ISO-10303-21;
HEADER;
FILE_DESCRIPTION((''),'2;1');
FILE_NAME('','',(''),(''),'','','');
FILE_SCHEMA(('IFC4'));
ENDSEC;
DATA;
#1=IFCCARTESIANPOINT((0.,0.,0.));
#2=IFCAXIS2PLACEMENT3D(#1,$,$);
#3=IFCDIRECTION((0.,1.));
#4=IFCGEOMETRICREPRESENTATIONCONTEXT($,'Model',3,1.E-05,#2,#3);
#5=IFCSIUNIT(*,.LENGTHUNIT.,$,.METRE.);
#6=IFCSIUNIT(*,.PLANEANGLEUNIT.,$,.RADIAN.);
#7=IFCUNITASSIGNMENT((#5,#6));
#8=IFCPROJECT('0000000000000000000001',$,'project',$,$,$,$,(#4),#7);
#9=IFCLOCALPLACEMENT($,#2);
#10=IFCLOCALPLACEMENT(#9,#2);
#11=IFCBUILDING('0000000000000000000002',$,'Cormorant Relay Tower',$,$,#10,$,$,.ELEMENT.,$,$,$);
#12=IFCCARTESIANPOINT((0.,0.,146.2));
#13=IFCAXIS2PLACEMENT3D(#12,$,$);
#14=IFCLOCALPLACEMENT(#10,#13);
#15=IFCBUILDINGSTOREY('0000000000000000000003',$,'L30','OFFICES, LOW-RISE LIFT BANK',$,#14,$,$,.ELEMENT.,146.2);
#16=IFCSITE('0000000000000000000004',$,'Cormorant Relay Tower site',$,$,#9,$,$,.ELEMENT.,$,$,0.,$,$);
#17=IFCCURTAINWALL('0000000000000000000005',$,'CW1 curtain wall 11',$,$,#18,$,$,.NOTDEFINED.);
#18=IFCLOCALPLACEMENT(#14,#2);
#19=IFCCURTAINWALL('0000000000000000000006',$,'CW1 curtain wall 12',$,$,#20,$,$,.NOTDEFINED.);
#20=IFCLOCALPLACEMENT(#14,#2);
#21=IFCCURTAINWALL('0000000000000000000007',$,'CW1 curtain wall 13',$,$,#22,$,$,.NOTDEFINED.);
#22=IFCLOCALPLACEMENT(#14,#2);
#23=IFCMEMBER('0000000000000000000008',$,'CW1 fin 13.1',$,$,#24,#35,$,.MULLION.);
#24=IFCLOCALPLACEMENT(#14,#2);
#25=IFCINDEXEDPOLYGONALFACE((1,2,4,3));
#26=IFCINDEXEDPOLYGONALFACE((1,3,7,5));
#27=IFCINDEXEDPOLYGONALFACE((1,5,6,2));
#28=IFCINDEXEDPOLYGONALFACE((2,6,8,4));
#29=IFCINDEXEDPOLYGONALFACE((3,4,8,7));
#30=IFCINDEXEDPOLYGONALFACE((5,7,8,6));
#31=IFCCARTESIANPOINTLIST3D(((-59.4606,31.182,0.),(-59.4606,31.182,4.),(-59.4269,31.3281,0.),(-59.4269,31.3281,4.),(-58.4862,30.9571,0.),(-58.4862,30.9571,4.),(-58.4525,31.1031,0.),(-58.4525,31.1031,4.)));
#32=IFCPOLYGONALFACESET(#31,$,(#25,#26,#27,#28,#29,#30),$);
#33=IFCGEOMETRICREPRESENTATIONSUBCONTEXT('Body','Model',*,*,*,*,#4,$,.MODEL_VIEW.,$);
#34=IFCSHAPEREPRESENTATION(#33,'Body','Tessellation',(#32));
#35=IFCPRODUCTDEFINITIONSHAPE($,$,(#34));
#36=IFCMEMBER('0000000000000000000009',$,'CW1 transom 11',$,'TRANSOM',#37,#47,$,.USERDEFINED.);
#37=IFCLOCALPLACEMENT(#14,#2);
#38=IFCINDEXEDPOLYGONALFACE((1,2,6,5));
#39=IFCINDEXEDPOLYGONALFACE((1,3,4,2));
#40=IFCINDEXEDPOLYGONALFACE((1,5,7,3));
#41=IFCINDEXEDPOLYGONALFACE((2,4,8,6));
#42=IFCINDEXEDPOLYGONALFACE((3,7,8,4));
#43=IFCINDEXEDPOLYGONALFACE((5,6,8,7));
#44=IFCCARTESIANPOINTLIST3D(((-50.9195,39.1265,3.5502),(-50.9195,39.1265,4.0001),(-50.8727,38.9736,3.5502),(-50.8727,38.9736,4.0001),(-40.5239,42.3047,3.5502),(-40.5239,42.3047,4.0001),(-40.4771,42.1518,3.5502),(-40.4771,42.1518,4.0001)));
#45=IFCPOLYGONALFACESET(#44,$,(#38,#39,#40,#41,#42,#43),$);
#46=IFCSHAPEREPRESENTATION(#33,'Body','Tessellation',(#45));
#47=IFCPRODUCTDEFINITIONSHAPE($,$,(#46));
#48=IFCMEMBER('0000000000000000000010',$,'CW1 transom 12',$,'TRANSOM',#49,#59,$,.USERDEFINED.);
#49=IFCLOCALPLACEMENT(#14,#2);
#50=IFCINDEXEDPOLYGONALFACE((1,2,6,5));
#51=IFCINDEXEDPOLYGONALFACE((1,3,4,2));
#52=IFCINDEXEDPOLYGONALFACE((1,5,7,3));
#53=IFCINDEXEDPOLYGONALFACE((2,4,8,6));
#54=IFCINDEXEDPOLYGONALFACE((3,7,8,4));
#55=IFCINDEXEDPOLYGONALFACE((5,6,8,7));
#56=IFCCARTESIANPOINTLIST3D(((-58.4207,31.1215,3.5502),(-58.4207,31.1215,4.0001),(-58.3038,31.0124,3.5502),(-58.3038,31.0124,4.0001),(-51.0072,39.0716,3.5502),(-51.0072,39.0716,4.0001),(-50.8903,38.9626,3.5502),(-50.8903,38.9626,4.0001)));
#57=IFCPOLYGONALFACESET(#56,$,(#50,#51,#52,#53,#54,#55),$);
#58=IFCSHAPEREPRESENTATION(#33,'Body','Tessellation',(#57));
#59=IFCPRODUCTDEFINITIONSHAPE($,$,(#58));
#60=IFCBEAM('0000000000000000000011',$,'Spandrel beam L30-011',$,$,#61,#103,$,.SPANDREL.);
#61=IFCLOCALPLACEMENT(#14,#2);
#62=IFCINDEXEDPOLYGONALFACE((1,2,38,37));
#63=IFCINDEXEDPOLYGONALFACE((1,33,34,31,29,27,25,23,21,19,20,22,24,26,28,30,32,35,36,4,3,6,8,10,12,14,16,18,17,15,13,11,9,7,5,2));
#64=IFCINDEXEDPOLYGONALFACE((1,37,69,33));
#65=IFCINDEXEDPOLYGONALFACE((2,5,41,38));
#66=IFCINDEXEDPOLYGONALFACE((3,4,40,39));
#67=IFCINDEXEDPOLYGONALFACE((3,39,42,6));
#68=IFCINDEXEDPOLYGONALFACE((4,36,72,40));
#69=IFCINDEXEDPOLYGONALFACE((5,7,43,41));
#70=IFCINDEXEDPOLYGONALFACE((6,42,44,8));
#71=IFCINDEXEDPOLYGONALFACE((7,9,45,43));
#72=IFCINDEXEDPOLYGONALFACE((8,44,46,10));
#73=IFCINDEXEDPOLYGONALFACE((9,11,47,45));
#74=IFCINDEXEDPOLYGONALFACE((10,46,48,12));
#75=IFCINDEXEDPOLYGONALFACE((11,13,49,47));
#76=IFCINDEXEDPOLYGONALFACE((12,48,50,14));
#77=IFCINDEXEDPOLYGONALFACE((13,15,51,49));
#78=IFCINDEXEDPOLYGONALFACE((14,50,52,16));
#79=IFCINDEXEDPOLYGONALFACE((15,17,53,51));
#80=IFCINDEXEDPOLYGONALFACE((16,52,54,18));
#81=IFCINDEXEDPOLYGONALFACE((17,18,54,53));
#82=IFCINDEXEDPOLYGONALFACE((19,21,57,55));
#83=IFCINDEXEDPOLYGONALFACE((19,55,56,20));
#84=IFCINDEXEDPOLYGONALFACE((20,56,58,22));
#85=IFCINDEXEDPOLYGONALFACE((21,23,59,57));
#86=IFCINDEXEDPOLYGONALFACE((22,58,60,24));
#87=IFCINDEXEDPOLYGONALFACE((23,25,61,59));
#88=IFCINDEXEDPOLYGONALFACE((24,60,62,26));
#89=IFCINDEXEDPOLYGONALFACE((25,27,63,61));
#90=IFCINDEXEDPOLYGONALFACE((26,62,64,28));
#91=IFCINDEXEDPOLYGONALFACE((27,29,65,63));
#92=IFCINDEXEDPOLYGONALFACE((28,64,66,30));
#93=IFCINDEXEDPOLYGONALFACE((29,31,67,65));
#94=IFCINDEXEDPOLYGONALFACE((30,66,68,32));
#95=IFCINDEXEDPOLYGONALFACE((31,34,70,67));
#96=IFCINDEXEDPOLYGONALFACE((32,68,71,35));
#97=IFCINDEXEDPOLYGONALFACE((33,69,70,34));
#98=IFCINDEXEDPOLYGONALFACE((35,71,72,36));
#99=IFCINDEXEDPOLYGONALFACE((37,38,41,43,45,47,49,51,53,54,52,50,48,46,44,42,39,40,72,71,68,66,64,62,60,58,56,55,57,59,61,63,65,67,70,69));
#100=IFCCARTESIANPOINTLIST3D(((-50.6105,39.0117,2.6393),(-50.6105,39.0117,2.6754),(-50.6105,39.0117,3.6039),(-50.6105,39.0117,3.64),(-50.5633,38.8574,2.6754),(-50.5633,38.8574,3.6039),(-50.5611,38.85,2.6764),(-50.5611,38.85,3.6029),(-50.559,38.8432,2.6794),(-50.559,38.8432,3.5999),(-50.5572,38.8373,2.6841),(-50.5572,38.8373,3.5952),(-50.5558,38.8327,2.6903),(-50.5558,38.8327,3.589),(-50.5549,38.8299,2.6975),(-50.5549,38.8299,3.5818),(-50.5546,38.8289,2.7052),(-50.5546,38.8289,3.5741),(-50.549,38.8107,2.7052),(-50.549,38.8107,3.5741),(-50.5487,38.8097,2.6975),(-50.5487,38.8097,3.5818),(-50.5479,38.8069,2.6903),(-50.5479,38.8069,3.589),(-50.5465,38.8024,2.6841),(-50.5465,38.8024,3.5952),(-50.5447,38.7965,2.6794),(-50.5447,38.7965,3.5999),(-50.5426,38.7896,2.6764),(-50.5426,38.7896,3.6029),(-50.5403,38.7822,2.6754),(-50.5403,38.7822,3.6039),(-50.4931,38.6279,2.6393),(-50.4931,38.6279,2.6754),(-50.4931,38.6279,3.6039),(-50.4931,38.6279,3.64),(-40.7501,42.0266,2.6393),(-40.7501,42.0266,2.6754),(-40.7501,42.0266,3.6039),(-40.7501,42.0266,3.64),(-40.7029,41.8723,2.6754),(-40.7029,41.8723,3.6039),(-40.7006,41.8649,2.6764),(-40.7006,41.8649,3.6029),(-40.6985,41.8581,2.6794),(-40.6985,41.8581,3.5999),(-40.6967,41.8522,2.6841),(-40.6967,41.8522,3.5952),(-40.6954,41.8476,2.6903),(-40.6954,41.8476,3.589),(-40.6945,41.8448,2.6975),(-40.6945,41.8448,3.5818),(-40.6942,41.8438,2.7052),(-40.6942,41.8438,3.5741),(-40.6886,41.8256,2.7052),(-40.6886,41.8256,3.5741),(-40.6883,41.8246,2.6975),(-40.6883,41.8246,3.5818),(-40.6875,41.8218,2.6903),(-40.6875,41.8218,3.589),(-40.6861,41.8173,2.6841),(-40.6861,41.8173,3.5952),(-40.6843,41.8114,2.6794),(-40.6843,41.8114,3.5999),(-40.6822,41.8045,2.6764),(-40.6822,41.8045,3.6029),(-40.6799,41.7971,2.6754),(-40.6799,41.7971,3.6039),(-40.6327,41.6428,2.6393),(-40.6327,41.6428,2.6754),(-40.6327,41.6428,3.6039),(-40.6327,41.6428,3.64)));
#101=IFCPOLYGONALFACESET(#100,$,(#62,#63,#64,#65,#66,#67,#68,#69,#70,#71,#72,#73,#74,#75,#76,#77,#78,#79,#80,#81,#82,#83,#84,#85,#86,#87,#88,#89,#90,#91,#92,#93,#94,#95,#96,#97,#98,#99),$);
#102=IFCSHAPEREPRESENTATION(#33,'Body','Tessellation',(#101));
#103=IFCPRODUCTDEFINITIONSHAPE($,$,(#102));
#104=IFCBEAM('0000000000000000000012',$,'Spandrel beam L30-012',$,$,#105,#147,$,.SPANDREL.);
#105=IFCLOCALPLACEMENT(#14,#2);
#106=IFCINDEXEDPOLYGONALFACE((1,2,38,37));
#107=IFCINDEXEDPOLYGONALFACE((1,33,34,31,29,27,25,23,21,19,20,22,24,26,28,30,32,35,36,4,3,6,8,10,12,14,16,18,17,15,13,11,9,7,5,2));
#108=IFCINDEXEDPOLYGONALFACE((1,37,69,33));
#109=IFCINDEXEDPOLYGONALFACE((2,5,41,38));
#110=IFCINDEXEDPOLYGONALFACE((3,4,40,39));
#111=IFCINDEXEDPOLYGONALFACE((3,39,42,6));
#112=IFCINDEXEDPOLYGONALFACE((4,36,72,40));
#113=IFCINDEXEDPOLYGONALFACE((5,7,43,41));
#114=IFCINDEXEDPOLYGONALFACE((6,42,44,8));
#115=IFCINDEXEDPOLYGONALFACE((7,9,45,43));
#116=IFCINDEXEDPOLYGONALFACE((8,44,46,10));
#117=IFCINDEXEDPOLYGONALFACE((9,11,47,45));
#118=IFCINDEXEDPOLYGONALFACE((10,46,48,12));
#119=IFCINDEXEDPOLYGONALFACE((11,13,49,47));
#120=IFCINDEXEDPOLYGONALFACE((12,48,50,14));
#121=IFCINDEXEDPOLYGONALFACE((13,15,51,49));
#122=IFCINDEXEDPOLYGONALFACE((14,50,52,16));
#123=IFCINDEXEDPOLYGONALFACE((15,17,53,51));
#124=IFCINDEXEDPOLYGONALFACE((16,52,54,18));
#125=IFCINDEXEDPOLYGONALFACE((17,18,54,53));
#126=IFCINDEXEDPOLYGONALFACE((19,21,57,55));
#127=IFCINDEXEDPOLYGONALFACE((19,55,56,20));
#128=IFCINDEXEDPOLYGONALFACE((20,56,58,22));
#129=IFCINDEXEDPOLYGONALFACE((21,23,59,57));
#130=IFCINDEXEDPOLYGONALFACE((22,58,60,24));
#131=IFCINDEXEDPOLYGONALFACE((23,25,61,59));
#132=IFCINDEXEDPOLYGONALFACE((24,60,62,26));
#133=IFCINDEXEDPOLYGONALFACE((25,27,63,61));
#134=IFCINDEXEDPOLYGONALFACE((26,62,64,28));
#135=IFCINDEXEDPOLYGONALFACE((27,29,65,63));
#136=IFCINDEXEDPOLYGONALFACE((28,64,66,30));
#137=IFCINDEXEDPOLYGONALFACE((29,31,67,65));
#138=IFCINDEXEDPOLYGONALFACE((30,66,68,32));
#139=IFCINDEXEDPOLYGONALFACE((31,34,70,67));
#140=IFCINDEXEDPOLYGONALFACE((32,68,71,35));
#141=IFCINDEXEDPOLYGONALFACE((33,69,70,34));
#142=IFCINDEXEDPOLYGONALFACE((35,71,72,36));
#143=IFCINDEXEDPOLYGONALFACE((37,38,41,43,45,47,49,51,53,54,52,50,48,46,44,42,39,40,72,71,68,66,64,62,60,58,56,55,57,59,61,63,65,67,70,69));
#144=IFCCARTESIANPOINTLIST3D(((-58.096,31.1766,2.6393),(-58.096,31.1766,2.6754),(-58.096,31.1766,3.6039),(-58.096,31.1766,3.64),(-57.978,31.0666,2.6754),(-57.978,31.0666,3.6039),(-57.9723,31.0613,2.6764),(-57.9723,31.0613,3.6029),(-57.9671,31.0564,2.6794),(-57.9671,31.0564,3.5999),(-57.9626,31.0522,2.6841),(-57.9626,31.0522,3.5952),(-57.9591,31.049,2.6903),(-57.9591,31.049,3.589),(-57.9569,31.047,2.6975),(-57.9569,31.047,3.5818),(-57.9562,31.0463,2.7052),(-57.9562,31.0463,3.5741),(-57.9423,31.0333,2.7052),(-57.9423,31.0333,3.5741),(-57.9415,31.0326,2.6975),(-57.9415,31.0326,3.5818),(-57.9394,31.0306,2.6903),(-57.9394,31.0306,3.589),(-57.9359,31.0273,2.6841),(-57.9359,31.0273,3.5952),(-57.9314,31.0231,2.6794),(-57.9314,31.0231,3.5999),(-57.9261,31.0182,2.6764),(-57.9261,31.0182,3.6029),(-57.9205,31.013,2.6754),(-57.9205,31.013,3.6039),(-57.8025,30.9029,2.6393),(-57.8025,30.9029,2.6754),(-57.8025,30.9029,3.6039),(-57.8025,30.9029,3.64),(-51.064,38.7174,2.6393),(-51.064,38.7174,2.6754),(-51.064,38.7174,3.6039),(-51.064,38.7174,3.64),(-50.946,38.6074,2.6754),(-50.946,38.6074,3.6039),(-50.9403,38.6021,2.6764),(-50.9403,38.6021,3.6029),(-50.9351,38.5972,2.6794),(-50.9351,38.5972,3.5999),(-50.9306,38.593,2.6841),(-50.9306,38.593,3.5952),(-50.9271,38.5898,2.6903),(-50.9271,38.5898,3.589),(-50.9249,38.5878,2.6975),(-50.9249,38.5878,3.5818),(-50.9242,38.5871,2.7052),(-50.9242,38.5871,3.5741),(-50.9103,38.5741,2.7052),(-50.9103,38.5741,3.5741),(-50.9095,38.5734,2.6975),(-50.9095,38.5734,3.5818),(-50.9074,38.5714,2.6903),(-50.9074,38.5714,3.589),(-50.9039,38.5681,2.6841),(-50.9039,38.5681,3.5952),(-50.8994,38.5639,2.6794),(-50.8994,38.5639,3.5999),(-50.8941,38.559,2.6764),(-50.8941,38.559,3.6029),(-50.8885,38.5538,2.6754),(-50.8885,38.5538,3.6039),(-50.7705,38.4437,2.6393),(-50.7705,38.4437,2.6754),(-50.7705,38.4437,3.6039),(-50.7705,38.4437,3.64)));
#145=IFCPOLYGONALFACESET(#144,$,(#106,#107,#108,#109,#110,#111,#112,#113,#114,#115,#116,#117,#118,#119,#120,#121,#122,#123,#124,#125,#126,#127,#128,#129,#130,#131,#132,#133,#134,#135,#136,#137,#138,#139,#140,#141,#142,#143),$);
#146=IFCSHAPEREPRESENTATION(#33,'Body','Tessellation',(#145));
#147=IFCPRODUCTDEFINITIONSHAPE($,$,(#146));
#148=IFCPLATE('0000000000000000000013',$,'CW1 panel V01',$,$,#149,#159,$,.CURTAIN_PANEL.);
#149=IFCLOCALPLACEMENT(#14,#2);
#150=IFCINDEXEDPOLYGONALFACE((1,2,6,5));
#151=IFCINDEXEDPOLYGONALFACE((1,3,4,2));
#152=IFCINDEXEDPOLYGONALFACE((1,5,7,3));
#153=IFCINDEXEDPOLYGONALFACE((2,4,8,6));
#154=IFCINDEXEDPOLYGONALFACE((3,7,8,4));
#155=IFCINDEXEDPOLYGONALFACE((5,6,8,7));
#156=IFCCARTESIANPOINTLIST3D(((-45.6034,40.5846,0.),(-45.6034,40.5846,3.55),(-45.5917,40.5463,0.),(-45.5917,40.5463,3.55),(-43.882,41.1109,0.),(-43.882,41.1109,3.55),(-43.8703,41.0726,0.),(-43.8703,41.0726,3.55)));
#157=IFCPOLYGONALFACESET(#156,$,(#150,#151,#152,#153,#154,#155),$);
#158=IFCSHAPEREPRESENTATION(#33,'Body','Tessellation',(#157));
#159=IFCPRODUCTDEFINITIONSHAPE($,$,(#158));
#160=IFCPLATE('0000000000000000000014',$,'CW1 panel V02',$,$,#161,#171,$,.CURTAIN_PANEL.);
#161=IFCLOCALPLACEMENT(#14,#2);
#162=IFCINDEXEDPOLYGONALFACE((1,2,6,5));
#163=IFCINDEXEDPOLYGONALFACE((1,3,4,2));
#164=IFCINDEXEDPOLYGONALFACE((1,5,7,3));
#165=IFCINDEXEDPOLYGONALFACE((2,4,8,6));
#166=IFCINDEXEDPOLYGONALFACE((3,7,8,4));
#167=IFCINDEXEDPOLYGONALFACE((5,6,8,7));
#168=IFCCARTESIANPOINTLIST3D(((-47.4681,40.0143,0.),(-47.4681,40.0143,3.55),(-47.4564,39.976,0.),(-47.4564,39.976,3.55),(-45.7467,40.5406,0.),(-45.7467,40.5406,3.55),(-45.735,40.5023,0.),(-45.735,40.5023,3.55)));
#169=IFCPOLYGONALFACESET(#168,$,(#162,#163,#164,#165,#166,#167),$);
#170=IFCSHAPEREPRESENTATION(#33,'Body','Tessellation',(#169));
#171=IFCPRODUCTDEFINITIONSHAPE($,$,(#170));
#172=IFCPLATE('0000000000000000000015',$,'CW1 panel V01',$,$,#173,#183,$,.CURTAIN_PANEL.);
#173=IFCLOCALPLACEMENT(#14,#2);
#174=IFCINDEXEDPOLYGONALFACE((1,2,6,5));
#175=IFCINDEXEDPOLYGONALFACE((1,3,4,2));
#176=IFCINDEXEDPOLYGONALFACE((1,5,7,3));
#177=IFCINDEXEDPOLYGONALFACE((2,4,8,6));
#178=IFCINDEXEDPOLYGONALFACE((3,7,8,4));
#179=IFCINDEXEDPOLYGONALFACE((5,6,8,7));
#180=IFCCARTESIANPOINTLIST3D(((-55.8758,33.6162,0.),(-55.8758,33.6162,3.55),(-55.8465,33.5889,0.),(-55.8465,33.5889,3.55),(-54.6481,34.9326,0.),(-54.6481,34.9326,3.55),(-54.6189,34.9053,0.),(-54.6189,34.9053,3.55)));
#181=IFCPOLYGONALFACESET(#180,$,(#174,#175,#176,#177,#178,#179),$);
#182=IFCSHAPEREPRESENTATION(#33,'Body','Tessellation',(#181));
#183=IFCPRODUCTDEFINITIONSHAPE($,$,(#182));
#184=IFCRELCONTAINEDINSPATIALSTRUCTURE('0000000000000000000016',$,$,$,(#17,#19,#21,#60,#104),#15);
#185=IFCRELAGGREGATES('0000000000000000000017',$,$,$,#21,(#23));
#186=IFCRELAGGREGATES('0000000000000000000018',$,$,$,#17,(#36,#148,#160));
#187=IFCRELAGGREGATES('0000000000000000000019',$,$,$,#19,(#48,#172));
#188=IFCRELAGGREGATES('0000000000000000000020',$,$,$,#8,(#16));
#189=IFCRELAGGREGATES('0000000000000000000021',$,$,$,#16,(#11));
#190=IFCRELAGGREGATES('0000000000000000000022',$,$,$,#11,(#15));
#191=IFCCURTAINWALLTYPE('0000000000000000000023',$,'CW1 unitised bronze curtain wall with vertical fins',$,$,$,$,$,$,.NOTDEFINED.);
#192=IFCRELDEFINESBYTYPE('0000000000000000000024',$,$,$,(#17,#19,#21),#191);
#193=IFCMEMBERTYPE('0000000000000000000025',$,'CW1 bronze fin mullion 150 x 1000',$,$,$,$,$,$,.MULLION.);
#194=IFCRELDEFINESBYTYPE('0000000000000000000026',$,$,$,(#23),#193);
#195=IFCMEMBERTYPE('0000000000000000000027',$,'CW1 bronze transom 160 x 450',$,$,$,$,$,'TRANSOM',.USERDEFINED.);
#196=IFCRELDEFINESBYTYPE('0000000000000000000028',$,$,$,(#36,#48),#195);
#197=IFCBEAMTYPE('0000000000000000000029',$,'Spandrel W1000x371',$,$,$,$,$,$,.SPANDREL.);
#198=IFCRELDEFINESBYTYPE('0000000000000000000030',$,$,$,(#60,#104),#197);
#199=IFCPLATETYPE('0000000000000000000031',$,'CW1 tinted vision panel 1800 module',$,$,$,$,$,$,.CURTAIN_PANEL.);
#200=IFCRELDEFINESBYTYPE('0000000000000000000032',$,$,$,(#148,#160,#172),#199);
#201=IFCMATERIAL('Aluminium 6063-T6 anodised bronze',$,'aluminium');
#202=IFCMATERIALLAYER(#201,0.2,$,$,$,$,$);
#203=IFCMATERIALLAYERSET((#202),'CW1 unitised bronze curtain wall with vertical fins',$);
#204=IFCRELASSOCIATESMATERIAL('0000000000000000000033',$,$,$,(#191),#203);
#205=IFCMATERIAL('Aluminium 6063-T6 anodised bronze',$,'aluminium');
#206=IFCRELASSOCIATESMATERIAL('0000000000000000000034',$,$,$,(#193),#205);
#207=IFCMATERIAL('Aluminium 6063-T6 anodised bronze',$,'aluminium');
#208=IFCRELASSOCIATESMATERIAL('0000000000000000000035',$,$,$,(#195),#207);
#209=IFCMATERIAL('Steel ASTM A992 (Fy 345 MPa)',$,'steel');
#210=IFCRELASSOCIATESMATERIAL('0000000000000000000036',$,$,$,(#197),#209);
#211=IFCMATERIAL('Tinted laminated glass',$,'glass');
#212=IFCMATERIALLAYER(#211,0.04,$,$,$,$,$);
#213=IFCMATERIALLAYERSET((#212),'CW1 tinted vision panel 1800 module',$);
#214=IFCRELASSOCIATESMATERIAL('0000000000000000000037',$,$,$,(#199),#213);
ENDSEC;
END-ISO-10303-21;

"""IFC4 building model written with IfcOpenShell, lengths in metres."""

from ifc_helpers import new_model, si_unit, direction, frame, origin, origin_2d, place, context, subcontext, project, spatial, rectangle, i_section, extrude, material, layer, layer_set, material_profile, profile_set, type_object, element, aggregate, save


model = new_model("IFC4")

# Units and contexts
model_context = context("Model", 3, precision=1e-05, world=origin(), true_north=direction((0.0, 1.0)))
body_context = subcontext(model_context, "Body", "Model", "MODEL_VIEW")
ifc_project = project(units=[si_unit("LENGTHUNIT", "METRE"), si_unit("PLANEANGLEUNIT", "RADIAN")], contexts=[model_context])

# Site, building, storey
site_placement = place(None, origin())
site = spatial("IfcSite", under=ifc_project, at=site_placement, Name="Cormorant Relay Tower site", CompositionType="ELEMENT", RefElevation=0.0)
building_placement = place(site_placement, origin())
building = spatial("IfcBuilding", under=site, at=building_placement, Name="Cormorant Relay Tower", CompositionType="ELEMENT")
storey_placement = place(building_placement, frame((0.0, 0.0, 146.2)))
storey = spatial("IfcBuildingStorey", under=building, at=storey_placement, Name="L30", Description="OFFICES, LOW-RISE LIFT BANK", CompositionType="ELEMENT", Elevation=146.2)

# Curtain walls
ifc_material_1 = material(Name="Aluminium 6063-T6 anodised bronze", Category="aluminium")
ifc_layer_1 = layer(ifc_material_1, 0.2)
ifc_layer_set_1 = layer_set([ifc_layer_1], Name="CW1 unitised bronze curtain wall with vertical fins")
curtain_wall_type = type_object("IfcCurtainWallType", Name="CW1 unitised bronze curtain wall with vertical fins", PredefinedType="NOTDEFINED", material=ifc_layer_set_1)
curtain_wall_1_placement = place(storey_placement, origin())
curtain_wall_1 = element("IfcCurtainWall", 1, at=curtain_wall_1_placement, inside=storey, type_object=curtain_wall_type, Name="CW1 curtain wall 11", PredefinedType="NOTDEFINED")
ifc_material_2 = material(Name="Aluminium 6063-T6 anodised bronze", Category="aluminium")
ifc_material_profile_1 = material_profile(ifc_material_2, rectangle(XDim=0.1499, YDim=1.0, at=origin_2d()), Name="AL 150x1000")
ifc_profile_set_1 = profile_set([ifc_material_profile_1], Name="Aluminium 6063-T6 anodised bronze")
member_type_1 = type_object("IfcMemberType", Name="CW1 bronze fin mullion 150 x 1000", PredefinedType="MULLION", material=ifc_profile_set_1)
curtain_wall_2_placement = place(storey_placement, origin())
curtain_wall_2 = element("IfcCurtainWall", 2, at=curtain_wall_2_placement, inside=storey, type_object=curtain_wall_type, Name="CW1 curtain wall 12", PredefinedType="NOTDEFINED")

# Curtain wall, member
curtain_wall_3_placement = place(storey_placement, origin())
curtain_wall_3 = element("IfcCurtainWall", 3, at=curtain_wall_3_placement, inside=storey, type_object=curtain_wall_type, Name="CW1 curtain wall 13", PredefinedType="NOTDEFINED")
member_1_placement = place(storey_placement, frame((-58.9565, 31.1426, 0.0), z_axis=(0.0, 0.0, 1.0), x_axis=(-0.224951, -0.97437, 0.0)))
member_1 = element("IfcMember", 4, at=member_1_placement, type_object=member_type_1, Name="CW1 fin 13.1", PredefinedType="MULLION", context=body_context, shape_type="SweptSolid", body=[
    extrude(rectangle(XDim=0.1499, YDim=1.0, at=origin_2d()), origin(), (0.0, 0.0, 1.0), 4.0),
])
aggregate(curtain_wall_3, [member_1])

# Members
ifc_material_3 = material(Name="Aluminium 6063-T6 anodised bronze", Category="aluminium")
ifc_material_profile_2 = material_profile(ifc_material_3, rectangle(XDim=0.1599, YDim=0.45, at=origin_2d()), Name="AL 160x450")
ifc_profile_set_2 = profile_set([ifc_material_profile_2], Name="Aluminium 6063-T6 anodised bronze")
member_type_2 = type_object("IfcMemberType", Name="CW1 bronze transom 160 x 450", ElementType="TRANSOM", PredefinedType="USERDEFINED", material=ifc_profile_set_2)
member_2_placement = place(storey_placement, frame((-40.5005, 42.2283, 3.7751), z_axis=(-0.956305, -0.292371, 0.0), x_axis=(0.292371, -0.956305, 0.0)))
member_2 = element("IfcMember", 5, at=member_2_placement, type_object=member_type_2, Name="CW1 transom 11", ObjectType="TRANSOM", PredefinedType="USERDEFINED", context=body_context, shape_type="SweptSolid", body=[
    extrude(rectangle(XDim=0.1599, YDim=0.45, at=origin_2d()), origin(), (0.0, 0.0, 1.0), 10.8706),
])
member_3_placement = place(storey_placement, frame((-50.9487, 39.0171, 3.7751), z_axis=(-0.681993, -0.731358, 0.0), x_axis=(0.731358, -0.681993, 0.0)))
member_3 = element("IfcMember", 6, at=member_3_placement, type_object=member_type_2, Name="CW1 transom 12", ObjectType="TRANSOM", PredefinedType="USERDEFINED", context=body_context, shape_type="SweptSolid", body=[
    extrude(rectangle(XDim=0.1599, YDim=0.45, at=origin_2d()), origin(), (0.0, 0.0, 1.0), 10.8704),
])

# Beams
ifc_material_4 = material(Name="Steel ASTM A992 (Fy 345 MPa)", Category="steel")
ifc_material_profile_3 = material_profile(ifc_material_4, i_section(OverallWidth=0.4014, OverallDepth=1.0007, WebThickness=0.019, FlangeThickness=0.0361, FilletRadius=0.0298, at=origin_2d()), Name="W1000x371")
ifc_profile_set_3 = profile_set([ifc_material_profile_3], Name="Steel ASTM A992 (Fy 345 MPa)")
beam_type = type_object("IfcBeamType", Name="Spandrel W1000x371", PredefinedType="SPANDREL", material=ifc_profile_set_3)
beam_1_placement = place(storey_placement, frame((-40.6914, 41.8347, 3.1396), z_axis=(-0.956297, -0.292397, 0.0), x_axis=(0.292397, -0.956297, 0.0)))
element("IfcBeam", 7, at=beam_1_placement, inside=storey, type_object=beam_type, Name="Spandrel beam L30-011", PredefinedType="SPANDREL", context=body_context, shape_type="SweptSolid", body=[
    extrude(i_section(OverallWidth=0.4014, OverallDepth=1.0007, WebThickness=0.019, FlangeThickness=0.0361, FilletRadius=0.0298, at=origin_2d()), origin(), (0.0, 0.0, 1.0), 10.311),
])
beam_2_placement = place(storey_placement, frame((-50.9172, 38.5806, 3.1396), z_axis=(-0.682004, -0.731349, 0.0), x_axis=(0.731349, -0.682004, 0.0)))
element("IfcBeam", 8, at=beam_2_placement, inside=storey, type_object=beam_type, Name="Spandrel beam L30-012", PredefinedType="SPANDREL", context=body_context, shape_type="SweptSolid", body=[
    extrude(i_section(OverallWidth=0.4014, OverallDepth=1.0007, WebThickness=0.019, FlangeThickness=0.0361, FilletRadius=0.0298, at=origin_2d()), origin(), (0.0, 0.0, 1.0), 10.3108),
])

# Plates
ifc_material_5 = material(Name="Tinted laminated glass", Category="glass")
ifc_layer_2 = layer(ifc_material_5, 0.04)
ifc_layer_set_2 = layer_set([ifc_layer_2], Name="CW1 tinted vision panel 1800 module")
plate_type = type_object("IfcPlateType", Name="CW1 tinted vision panel 1800 module", PredefinedType="CURTAIN_PANEL", material=ifc_layer_set_2)
plate_1_placement = place(storey_placement, frame((-44.7368, 40.8286, 0.0), z_axis=(0.0, 0.0, 1.0), x_axis=(-0.956305, -0.292372, 0.0)))
plate_1 = element("IfcPlate", 9, at=plate_1_placement, type_object=plate_type, Name="CW1 panel V01", PredefinedType="CURTAIN_PANEL", context=body_context, shape_type="SweptSolid", body=[
    extrude(rectangle(XDim=1.8, YDim=0.04, at=origin_2d()), origin(), (0.0, 0.0, 1.0), 3.55),
])
plate_2_placement = place(storey_placement, frame((-46.6016, 40.2583, 0.0), z_axis=(0.0, 0.0, 1.0), x_axis=(-0.956305, -0.292372, 0.0)))
plate_2 = element("IfcPlate", 10, at=plate_2_placement, type_object=plate_type, Name="CW1 panel V02", PredefinedType="CURTAIN_PANEL", context=body_context, shape_type="SweptSolid", body=[
    extrude(rectangle(XDim=1.8, YDim=0.04, at=origin_2d()), origin(), (0.0, 0.0, 1.0), 3.55),
])
plate_3_placement = place(storey_placement, frame((-55.2473, 34.2607, 0.0), z_axis=(0.0, 0.0, 1.0), x_axis=(-0.681998, -0.731354, 0.0)))
plate_3 = element("IfcPlate", 11, at=plate_3_placement, type_object=plate_type, Name="CW1 panel V01", PredefinedType="CURTAIN_PANEL", context=body_context, shape_type="SweptSolid", body=[
    extrude(rectangle(XDim=1.8, YDim=0.04, at=origin_2d()), origin(), (0.0, 0.0, 1.0), 3.55),
])

aggregate(curtain_wall_1, [member_2, plate_1, plate_2])
aggregate(curtain_wall_2, [member_3, plate_3])

save(model, "model.ifc")
